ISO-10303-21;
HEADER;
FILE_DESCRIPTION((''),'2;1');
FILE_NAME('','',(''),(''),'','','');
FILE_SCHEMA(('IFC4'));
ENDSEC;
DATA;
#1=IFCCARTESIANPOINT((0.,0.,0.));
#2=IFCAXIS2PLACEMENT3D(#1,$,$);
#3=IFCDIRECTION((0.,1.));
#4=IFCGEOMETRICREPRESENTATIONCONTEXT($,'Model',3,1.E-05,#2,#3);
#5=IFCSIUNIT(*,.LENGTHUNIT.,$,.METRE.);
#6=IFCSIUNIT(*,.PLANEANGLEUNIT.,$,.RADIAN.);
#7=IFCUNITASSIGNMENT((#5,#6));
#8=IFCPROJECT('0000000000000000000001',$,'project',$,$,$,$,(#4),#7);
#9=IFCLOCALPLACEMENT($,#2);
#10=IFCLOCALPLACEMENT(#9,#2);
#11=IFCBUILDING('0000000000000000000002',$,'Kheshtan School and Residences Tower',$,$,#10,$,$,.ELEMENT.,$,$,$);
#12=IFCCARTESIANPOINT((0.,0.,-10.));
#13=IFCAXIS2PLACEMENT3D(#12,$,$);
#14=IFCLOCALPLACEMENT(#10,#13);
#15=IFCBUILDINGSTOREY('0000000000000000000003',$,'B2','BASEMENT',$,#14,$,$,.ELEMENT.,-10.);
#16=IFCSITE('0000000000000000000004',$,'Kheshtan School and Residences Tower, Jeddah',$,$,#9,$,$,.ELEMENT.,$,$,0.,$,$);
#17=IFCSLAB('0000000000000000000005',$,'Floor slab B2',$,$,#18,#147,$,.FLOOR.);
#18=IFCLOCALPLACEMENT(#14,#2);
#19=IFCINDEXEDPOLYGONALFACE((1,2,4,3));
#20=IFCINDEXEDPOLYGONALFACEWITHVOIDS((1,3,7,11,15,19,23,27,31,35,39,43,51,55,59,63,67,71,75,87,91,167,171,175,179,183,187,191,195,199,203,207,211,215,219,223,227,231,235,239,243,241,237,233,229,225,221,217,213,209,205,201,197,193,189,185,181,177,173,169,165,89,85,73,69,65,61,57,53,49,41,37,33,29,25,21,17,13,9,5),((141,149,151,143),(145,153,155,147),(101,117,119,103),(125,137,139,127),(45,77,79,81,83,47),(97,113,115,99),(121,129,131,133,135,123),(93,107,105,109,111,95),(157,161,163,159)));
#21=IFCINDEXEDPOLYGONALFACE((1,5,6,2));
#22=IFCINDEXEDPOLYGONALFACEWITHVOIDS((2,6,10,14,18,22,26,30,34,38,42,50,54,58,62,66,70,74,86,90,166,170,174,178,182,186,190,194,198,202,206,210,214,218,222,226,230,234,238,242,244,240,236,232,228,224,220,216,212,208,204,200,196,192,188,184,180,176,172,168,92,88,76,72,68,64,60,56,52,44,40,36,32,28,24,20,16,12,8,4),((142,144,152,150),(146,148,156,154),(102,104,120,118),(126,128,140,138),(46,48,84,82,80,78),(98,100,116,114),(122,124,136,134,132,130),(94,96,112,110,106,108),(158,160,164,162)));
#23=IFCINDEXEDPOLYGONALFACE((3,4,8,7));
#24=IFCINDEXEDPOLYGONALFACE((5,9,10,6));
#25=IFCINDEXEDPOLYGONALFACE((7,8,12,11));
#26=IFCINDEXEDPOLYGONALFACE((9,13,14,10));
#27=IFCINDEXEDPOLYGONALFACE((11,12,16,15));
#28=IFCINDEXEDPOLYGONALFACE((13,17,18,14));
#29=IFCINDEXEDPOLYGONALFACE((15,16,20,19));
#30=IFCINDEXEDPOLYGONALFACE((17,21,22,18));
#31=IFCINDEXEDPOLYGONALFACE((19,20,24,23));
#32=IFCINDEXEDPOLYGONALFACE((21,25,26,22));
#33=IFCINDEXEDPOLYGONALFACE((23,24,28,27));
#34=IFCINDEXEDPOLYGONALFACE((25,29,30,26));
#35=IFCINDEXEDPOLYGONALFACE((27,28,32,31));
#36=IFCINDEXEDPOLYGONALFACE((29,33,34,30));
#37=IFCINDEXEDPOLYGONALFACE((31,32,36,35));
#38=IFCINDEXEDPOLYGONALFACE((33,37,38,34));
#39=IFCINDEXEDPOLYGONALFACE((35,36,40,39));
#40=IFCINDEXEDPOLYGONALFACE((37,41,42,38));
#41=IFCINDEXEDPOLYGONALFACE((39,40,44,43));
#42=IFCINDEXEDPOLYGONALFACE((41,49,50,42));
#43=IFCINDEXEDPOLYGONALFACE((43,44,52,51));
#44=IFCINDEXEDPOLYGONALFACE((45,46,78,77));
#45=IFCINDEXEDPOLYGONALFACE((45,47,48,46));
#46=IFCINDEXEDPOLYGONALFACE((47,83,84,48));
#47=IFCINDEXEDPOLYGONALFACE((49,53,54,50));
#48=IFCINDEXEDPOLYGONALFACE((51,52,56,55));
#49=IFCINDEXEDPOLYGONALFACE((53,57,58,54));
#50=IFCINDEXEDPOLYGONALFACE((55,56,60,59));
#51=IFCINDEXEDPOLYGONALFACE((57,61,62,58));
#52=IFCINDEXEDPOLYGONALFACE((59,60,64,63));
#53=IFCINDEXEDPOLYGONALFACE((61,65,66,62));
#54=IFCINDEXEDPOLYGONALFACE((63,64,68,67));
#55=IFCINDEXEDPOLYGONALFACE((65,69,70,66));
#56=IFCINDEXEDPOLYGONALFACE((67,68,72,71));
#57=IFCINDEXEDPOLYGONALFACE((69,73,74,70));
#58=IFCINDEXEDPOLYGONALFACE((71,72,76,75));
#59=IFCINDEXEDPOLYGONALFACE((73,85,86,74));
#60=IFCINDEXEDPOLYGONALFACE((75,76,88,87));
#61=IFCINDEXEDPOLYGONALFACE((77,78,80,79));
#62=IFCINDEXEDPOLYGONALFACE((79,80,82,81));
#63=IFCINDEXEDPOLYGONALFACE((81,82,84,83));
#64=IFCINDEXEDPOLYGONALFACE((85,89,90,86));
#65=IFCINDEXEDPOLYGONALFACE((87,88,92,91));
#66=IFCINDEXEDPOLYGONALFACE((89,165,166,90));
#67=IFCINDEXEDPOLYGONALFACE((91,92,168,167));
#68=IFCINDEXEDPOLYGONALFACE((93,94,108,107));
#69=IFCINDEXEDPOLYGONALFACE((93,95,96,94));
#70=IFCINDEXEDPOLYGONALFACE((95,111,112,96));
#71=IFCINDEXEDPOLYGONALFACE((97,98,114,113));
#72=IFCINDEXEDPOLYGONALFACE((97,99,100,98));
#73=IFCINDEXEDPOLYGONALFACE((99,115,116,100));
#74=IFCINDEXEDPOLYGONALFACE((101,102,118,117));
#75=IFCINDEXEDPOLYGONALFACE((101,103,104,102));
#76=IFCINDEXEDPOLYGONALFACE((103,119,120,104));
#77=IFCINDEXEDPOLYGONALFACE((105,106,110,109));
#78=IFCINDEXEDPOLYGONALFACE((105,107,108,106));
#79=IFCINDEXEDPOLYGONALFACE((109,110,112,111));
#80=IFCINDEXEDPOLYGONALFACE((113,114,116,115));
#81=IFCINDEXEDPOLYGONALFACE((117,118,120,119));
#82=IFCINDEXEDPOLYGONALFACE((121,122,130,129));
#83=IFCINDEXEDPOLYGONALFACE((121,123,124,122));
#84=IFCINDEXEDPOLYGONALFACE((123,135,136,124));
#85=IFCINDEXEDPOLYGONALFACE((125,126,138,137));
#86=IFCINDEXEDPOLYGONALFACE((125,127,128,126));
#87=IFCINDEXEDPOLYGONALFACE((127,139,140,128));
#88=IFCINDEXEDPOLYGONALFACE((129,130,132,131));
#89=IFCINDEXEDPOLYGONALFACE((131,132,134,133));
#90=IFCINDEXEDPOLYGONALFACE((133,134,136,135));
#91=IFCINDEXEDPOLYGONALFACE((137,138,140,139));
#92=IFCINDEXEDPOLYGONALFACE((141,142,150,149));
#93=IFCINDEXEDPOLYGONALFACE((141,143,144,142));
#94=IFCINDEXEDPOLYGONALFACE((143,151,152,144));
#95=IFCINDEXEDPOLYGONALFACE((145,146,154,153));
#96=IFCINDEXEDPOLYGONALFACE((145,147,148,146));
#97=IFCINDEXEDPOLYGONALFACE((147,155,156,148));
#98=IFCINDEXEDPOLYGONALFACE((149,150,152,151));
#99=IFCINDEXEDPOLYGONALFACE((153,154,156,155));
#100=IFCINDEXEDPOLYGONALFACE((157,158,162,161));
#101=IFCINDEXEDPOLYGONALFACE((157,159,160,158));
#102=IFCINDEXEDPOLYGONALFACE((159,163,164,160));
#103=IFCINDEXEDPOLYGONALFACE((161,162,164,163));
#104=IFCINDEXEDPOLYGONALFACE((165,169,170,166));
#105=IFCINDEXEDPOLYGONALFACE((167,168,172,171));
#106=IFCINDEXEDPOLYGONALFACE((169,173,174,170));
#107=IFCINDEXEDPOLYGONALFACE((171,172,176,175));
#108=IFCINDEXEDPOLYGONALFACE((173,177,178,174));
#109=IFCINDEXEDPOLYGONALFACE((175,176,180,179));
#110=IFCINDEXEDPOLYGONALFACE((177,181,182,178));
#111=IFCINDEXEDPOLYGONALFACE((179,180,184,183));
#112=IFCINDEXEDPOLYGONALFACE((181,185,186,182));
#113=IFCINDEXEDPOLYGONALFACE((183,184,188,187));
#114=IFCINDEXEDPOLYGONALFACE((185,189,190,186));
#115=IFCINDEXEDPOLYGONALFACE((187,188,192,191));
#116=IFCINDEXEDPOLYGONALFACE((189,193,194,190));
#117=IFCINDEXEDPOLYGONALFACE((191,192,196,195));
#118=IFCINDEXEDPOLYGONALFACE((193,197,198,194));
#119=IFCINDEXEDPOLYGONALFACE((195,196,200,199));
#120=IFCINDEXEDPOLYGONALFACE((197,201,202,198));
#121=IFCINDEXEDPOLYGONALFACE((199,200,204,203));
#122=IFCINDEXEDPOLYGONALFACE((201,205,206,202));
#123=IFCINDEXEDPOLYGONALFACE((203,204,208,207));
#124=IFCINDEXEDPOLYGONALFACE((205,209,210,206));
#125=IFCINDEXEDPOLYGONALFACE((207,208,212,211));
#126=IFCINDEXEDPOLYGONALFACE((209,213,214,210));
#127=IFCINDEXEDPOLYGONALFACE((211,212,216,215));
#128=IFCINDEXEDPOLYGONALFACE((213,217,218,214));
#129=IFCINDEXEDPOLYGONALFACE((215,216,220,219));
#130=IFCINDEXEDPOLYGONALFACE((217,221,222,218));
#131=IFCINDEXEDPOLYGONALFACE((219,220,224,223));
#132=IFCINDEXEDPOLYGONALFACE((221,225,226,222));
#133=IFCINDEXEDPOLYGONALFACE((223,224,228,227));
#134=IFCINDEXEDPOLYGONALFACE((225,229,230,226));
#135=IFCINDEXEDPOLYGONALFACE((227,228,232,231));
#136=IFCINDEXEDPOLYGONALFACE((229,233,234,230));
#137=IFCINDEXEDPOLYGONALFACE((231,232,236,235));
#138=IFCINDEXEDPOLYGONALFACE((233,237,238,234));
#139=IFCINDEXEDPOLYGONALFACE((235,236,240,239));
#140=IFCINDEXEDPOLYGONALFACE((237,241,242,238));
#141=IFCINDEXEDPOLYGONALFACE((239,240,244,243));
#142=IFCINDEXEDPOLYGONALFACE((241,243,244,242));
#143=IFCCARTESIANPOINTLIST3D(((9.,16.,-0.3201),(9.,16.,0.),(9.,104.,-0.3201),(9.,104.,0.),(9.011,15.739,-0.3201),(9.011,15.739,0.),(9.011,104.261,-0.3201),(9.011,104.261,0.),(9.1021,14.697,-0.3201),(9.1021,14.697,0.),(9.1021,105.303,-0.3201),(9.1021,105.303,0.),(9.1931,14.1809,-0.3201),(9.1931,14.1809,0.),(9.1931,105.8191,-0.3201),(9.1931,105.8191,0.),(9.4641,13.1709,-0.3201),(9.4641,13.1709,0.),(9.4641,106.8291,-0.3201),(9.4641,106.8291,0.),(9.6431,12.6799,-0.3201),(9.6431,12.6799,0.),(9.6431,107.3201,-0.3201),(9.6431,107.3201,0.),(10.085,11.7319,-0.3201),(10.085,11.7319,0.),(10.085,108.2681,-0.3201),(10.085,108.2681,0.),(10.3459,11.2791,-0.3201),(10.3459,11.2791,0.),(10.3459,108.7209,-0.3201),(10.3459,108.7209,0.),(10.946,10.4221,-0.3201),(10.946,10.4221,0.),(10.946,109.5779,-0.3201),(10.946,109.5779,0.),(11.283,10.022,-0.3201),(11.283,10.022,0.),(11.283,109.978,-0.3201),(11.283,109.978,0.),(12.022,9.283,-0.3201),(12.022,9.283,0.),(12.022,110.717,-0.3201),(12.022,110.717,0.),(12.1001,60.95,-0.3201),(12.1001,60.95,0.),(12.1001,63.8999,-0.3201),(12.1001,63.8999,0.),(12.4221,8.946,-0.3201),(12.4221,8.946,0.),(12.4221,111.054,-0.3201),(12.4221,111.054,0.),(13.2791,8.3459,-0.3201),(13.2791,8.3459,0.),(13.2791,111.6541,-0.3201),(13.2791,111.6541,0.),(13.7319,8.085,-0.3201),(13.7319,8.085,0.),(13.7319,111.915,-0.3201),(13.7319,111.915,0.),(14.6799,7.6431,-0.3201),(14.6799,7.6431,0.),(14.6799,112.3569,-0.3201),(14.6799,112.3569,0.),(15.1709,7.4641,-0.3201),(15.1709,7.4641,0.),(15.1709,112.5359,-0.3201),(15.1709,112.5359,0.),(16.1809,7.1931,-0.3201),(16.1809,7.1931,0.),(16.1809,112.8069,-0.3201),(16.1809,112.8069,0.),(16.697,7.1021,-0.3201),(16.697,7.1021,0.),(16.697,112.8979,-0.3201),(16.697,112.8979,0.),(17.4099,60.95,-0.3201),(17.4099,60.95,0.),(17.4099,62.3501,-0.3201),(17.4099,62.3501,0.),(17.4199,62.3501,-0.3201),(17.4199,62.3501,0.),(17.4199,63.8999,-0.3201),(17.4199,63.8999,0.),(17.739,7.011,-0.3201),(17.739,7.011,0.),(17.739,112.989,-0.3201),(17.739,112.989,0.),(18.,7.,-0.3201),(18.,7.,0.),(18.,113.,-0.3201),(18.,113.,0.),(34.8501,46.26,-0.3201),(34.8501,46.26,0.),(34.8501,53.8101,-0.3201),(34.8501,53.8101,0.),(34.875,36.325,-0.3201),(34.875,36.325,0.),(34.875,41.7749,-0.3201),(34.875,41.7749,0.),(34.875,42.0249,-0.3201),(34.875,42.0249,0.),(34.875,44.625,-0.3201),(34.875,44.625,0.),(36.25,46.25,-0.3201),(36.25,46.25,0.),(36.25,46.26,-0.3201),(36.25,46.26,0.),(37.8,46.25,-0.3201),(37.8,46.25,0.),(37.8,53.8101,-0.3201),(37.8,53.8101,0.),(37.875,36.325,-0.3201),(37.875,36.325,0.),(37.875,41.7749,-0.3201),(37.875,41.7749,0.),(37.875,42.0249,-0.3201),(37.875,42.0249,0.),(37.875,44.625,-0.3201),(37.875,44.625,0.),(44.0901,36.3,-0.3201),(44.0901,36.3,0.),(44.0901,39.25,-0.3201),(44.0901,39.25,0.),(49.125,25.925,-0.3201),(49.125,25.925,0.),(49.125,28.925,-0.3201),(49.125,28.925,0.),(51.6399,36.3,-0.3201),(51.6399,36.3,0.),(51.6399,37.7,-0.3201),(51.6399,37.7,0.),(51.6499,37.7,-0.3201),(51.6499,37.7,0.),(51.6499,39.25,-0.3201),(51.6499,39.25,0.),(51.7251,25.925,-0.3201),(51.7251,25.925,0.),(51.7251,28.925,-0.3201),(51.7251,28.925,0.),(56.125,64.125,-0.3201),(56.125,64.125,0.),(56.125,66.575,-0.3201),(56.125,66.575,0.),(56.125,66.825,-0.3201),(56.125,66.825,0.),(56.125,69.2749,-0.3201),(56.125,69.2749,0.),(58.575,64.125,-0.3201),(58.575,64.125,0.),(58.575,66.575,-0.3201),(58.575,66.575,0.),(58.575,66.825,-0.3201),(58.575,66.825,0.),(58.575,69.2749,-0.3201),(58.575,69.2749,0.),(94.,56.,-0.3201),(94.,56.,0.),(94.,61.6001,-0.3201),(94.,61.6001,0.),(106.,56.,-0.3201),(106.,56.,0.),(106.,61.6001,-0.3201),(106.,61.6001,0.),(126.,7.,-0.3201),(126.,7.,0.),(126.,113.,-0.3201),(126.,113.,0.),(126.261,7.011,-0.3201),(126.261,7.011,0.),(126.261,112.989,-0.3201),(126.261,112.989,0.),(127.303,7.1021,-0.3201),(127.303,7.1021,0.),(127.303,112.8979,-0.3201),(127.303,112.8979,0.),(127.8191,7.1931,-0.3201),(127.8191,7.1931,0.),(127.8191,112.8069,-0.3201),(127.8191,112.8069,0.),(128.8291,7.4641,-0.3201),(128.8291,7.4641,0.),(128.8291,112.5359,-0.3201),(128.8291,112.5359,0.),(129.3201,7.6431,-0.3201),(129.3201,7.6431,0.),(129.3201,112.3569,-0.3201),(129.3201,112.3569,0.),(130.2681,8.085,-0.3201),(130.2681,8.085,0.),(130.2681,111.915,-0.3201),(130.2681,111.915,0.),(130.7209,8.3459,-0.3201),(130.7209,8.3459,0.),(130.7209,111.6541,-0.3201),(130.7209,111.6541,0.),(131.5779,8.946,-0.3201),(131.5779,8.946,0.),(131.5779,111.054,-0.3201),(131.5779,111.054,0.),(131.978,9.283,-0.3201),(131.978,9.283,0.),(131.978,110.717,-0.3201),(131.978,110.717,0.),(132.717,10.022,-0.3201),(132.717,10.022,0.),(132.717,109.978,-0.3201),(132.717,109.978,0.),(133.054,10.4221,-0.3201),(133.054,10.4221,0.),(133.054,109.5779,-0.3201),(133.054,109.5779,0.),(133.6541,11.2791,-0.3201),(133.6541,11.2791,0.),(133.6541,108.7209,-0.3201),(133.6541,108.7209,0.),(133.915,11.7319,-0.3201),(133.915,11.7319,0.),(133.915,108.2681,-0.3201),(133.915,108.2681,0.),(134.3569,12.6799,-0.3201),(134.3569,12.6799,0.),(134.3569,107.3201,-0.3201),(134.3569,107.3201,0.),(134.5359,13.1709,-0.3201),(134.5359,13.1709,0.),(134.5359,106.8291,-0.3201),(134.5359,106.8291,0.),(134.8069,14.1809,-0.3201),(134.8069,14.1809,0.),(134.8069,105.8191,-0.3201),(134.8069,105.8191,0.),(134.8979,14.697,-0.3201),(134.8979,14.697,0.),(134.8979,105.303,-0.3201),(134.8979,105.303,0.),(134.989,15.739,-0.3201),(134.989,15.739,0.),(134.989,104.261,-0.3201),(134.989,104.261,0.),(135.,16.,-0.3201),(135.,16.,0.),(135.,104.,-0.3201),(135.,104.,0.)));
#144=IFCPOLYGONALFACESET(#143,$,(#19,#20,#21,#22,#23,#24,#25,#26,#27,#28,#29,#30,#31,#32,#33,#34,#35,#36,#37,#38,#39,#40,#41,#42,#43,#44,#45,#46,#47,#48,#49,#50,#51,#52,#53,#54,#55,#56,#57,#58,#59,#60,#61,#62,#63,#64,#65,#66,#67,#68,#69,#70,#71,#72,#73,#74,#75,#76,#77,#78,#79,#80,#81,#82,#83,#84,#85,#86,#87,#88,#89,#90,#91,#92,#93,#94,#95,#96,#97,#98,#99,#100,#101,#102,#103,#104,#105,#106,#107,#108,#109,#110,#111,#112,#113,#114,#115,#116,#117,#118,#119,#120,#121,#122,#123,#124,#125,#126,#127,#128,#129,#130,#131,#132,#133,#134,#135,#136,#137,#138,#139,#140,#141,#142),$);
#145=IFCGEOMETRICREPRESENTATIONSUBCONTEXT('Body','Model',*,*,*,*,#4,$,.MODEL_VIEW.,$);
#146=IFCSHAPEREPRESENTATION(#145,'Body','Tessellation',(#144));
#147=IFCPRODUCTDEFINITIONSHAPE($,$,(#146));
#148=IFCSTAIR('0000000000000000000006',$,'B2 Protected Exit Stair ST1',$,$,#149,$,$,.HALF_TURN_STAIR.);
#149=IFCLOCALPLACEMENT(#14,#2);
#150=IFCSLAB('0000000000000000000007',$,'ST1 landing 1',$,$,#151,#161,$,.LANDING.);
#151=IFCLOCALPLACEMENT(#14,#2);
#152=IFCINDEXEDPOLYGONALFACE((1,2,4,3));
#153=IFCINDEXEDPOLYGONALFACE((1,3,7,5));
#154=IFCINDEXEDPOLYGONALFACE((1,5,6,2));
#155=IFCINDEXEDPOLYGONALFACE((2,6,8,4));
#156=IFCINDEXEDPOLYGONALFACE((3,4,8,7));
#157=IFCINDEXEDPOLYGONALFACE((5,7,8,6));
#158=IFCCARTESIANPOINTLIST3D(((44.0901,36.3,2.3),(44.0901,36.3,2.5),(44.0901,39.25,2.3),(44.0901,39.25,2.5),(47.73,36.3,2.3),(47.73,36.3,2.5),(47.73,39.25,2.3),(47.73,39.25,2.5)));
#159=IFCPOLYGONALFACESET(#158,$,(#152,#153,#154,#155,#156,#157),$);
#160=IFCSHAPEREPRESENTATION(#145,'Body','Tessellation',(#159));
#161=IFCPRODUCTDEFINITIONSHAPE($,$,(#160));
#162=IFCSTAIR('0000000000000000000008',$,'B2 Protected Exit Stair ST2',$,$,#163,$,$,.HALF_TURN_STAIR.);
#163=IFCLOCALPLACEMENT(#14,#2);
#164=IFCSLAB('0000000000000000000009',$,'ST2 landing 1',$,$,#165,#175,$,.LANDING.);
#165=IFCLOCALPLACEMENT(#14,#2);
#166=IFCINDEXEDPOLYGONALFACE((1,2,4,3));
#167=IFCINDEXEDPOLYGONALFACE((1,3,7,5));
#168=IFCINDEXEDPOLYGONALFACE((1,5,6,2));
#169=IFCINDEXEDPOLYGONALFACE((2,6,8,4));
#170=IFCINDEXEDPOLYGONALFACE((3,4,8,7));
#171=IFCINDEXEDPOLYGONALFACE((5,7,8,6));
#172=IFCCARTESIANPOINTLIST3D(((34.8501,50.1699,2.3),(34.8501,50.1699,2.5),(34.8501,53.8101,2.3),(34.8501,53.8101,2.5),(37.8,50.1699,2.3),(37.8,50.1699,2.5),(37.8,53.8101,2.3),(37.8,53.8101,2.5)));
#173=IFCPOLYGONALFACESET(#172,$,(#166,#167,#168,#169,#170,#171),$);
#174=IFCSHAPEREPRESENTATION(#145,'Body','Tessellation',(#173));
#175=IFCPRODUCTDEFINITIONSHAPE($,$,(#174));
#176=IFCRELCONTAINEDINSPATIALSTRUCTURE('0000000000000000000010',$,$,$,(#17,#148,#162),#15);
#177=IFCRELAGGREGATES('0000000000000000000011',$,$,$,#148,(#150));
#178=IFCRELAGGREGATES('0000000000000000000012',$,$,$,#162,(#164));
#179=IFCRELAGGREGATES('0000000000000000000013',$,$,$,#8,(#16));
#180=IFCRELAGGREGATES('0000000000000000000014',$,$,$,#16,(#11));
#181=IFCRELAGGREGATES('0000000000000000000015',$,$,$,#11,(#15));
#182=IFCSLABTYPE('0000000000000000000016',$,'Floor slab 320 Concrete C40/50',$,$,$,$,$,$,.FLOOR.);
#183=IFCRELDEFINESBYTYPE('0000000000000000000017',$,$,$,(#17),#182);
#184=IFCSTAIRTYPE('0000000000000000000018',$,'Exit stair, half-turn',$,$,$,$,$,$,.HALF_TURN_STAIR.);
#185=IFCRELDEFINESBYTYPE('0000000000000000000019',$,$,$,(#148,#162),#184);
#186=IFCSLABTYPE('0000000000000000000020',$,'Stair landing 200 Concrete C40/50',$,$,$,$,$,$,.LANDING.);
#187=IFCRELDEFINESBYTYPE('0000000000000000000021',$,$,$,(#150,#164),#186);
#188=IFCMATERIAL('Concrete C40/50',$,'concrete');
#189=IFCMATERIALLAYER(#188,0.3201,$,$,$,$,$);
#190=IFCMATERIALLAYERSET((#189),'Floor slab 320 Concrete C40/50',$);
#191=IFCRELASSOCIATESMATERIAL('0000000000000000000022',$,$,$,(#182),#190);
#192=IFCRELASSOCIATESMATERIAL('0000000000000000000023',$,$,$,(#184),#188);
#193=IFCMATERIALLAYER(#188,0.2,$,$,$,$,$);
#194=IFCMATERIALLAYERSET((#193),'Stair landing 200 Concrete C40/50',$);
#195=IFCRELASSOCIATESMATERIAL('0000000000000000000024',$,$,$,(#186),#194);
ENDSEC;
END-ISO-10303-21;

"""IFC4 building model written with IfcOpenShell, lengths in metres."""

from ifc_helpers import new_model, si_unit, direction, frame, origin, place, context, subcontext, project, spatial, polyline, outline, extrude, material, layer, layer_set, type_object, element, aggregate, save


model = new_model("IFC4")

# Units and contexts
model_context = context("Model", 3, precision=1e-05, world=origin(), true_north=direction((0.0, 1.0)))
body_context = subcontext(model_context, "Body", "Model", "MODEL_VIEW")
ifc_project = project(units=[si_unit("LENGTHUNIT", "METRE"), si_unit("PLANEANGLEUNIT", "RADIAN")], contexts=[model_context])

# Site, building, storey
site_placement = place(None, origin())
site = spatial("IfcSite", under=ifc_project, at=site_placement, Name="Kheshtan School and Residences Tower, Jeddah", CompositionType="ELEMENT", RefElevation=0.0)
building_placement = place(site_placement, origin())
building = spatial("IfcBuilding", under=site, at=building_placement, Name="Kheshtan School and Residences Tower", CompositionType="ELEMENT")
storey_placement = place(building_placement, frame((0.0, 0.0, -10.0)))
storey = spatial("IfcBuildingStorey", under=building, at=storey_placement, Name="B2", Description="BASEMENT", CompositionType="ELEMENT", Elevation=-10.0)

# Slab
ifc_material_1 = material(Name="Concrete C40/50", Category="concrete")
ifc_layer_1 = layer(ifc_material_1, 0.3201)
ifc_layer_set_1 = layer_set([ifc_layer_1], Name="Floor slab 320 Concrete C40/50")
slab_type_1 = type_object("IfcSlabType", Name="Floor slab 320 Concrete C40/50", PredefinedType="FLOOR", material=ifc_layer_set_1)
slab_1_placement = place(storey_placement, frame((0.0, 0.0, -0.3201)))
element("IfcSlab", 1, at=slab_1_placement, inside=storey, type_object=slab_type_1, Name="Floor slab B2", PredefinedType="FLOOR", context=body_context, shape_type="SweptSolid", body=[
    extrude(outline(polyline([(9.4641, 106.8291), (9.6431, 107.3201), (10.085, 108.2681), (10.3459, 108.7209), (10.946, 109.5779), (11.283, 109.978), (12.022, 110.717), (12.4221, 111.054), (13.2791, 111.6541), (13.7319, 111.915), (14.6799, 112.3569), (15.1709, 112.5359), (16.1809, 112.8069), (16.697, 112.8979), (17.739, 112.989), (18.0, 113.0), (126.0, 113.0), (126.261, 112.989), (127.303, 112.8979), (127.8191, 112.8069), (128.8291, 112.5359), (129.3201, 112.3569), (130.2681, 111.915), (130.7209, 111.6541), (131.5779, 111.054), (131.978, 110.717), (132.717, 109.978), (133.054, 109.5779), (133.6541, 108.7209), (133.915, 108.2681), (134.3569, 107.3201), (134.5359, 106.8291), (134.8069, 105.8191), (134.8979, 105.303), (134.989, 104.261), (135.0, 104.0), (135.0, 16.0), (134.989, 15.739), (134.8979, 14.697), (134.8069, 14.1809), (134.5359, 13.1709), (134.3569, 12.6799), (133.915, 11.7319), (133.6541, 11.2791), (133.054, 10.4221), (132.717, 10.022), (131.978, 9.283), (131.5779, 8.946), (130.7209, 8.3459), (130.2681, 8.085), (129.3201, 7.6431), (128.8291, 7.4641), (127.8191, 7.1931), (127.303, 7.1021), (126.261, 7.011), (126.0, 7.0), (18.0, 7.0), (17.739, 7.011), (16.697, 7.1021), (16.1809, 7.1931), (15.1709, 7.4641), (14.6799, 7.6431), (13.7319, 8.085), (13.2791, 8.3459), (12.4221, 8.946), (12.022, 9.283), (11.283, 10.022), (10.946, 10.4221), (10.3459, 11.2791), (10.085, 11.7319), (9.6431, 12.6799), (9.4641, 13.1709), (9.1931, 14.1809), (9.1021, 14.697), (9.011, 15.739), (9.0, 16.0), (9.0, 104.0), (9.011, 104.261), (9.1021, 105.303), (9.1931, 105.8191), (9.4641, 106.8291)]), holes=[polyline([(51.7251, 28.925), (49.125, 28.925), (49.125, 25.925), (51.7251, 25.925), (51.7251, 28.925)]), polyline([(51.6499, 37.7), (51.6499, 39.25), (44.0901, 39.25), (44.0901, 36.3), (51.6399, 36.3), (51.6399, 37.7), (51.6499, 37.7)]), polyline([(37.875, 41.7749), (34.875, 41.7749), (34.875, 36.325), (37.875, 36.325), (37.875, 41.7749)]), polyline([(37.875, 44.625), (34.875, 44.625), (34.875, 42.0249), (37.875, 42.0249), (37.875, 44.625)]), polyline([(37.8, 53.8101), (34.8501, 53.8101), (34.8501, 46.26), (36.25, 46.26), (36.25, 46.25), (37.8, 46.25), (37.8, 53.8101)]), polyline([(106.0, 61.6001), (94.0, 61.6001), (94.0, 56.0), (106.0, 56.0), (106.0, 61.6001)]), polyline([(12.1001, 63.8999), (12.1001, 60.95), (17.4099, 60.95), (17.4099, 62.3501), (17.4199, 62.3501), (17.4199, 63.8999), (12.1001, 63.8999)]), polyline([(58.575, 64.125), (58.575, 66.575), (56.125, 66.575), (56.125, 64.125), (58.575, 64.125)]), polyline([(58.575, 66.825), (58.575, 69.2749), (56.125, 69.2749), (56.125, 66.825), (58.575, 66.825)])]), origin(), (0.0, 0.0, 1.0), 0.3201),
])

# Stairs, slabs
stair_type = type_object("IfcStairType", Name="Exit stair, half-turn", PredefinedType="HALF_TURN_STAIR", material=ifc_material_1)
stair_1_placement = place(storey_placement, origin())
stair_1 = element("IfcStair", 2, at=stair_1_placement, inside=storey, type_object=stair_type, Name="B2 Protected Exit Stair ST1", PredefinedType="HALF_TURN_STAIR")
ifc_layer_2 = layer(ifc_material_1, 0.2)
ifc_layer_set_2 = layer_set([ifc_layer_2], Name="Stair landing 200 Concrete C40/50")
slab_type_2 = type_object("IfcSlabType", Name="Stair landing 200 Concrete C40/50", PredefinedType="LANDING", material=ifc_layer_set_2)
slab_2_placement = place(storey_placement, frame((0.0, 0.0, 2.3)))
slab_2 = element("IfcSlab", 3, at=slab_2_placement, type_object=slab_type_2, Name="ST1 landing 1", PredefinedType="LANDING", context=body_context, shape_type="SweptSolid", body=[
    extrude(outline(polyline([(47.73, 39.25), (44.0901, 39.25), (44.0901, 36.3), (47.73, 36.3), (47.73, 39.25)])), origin(), (0.0, 0.0, 1.0), 0.2),
])
aggregate(stair_1, [slab_2])
stair_2_placement = place(storey_placement, origin())
stair_2 = element("IfcStair", 4, at=stair_2_placement, inside=storey, type_object=stair_type, Name="B2 Protected Exit Stair ST2", PredefinedType="HALF_TURN_STAIR")
slab_3_placement = place(storey_placement, frame((0.0, 0.0, 2.3)))
slab_3 = element("IfcSlab", 5, at=slab_3_placement, type_object=slab_type_2, Name="ST2 landing 1", PredefinedType="LANDING", context=body_context, shape_type="SweptSolid", body=[
    extrude(outline(polyline([(37.8, 50.1699), (37.8, 53.8101), (34.8501, 53.8101), (34.8501, 50.1699), (37.8, 50.1699)])), origin(), (0.0, 0.0, 1.0), 0.2),
])
aggregate(stair_2, [slab_3])

save(model, "model.ifc")
